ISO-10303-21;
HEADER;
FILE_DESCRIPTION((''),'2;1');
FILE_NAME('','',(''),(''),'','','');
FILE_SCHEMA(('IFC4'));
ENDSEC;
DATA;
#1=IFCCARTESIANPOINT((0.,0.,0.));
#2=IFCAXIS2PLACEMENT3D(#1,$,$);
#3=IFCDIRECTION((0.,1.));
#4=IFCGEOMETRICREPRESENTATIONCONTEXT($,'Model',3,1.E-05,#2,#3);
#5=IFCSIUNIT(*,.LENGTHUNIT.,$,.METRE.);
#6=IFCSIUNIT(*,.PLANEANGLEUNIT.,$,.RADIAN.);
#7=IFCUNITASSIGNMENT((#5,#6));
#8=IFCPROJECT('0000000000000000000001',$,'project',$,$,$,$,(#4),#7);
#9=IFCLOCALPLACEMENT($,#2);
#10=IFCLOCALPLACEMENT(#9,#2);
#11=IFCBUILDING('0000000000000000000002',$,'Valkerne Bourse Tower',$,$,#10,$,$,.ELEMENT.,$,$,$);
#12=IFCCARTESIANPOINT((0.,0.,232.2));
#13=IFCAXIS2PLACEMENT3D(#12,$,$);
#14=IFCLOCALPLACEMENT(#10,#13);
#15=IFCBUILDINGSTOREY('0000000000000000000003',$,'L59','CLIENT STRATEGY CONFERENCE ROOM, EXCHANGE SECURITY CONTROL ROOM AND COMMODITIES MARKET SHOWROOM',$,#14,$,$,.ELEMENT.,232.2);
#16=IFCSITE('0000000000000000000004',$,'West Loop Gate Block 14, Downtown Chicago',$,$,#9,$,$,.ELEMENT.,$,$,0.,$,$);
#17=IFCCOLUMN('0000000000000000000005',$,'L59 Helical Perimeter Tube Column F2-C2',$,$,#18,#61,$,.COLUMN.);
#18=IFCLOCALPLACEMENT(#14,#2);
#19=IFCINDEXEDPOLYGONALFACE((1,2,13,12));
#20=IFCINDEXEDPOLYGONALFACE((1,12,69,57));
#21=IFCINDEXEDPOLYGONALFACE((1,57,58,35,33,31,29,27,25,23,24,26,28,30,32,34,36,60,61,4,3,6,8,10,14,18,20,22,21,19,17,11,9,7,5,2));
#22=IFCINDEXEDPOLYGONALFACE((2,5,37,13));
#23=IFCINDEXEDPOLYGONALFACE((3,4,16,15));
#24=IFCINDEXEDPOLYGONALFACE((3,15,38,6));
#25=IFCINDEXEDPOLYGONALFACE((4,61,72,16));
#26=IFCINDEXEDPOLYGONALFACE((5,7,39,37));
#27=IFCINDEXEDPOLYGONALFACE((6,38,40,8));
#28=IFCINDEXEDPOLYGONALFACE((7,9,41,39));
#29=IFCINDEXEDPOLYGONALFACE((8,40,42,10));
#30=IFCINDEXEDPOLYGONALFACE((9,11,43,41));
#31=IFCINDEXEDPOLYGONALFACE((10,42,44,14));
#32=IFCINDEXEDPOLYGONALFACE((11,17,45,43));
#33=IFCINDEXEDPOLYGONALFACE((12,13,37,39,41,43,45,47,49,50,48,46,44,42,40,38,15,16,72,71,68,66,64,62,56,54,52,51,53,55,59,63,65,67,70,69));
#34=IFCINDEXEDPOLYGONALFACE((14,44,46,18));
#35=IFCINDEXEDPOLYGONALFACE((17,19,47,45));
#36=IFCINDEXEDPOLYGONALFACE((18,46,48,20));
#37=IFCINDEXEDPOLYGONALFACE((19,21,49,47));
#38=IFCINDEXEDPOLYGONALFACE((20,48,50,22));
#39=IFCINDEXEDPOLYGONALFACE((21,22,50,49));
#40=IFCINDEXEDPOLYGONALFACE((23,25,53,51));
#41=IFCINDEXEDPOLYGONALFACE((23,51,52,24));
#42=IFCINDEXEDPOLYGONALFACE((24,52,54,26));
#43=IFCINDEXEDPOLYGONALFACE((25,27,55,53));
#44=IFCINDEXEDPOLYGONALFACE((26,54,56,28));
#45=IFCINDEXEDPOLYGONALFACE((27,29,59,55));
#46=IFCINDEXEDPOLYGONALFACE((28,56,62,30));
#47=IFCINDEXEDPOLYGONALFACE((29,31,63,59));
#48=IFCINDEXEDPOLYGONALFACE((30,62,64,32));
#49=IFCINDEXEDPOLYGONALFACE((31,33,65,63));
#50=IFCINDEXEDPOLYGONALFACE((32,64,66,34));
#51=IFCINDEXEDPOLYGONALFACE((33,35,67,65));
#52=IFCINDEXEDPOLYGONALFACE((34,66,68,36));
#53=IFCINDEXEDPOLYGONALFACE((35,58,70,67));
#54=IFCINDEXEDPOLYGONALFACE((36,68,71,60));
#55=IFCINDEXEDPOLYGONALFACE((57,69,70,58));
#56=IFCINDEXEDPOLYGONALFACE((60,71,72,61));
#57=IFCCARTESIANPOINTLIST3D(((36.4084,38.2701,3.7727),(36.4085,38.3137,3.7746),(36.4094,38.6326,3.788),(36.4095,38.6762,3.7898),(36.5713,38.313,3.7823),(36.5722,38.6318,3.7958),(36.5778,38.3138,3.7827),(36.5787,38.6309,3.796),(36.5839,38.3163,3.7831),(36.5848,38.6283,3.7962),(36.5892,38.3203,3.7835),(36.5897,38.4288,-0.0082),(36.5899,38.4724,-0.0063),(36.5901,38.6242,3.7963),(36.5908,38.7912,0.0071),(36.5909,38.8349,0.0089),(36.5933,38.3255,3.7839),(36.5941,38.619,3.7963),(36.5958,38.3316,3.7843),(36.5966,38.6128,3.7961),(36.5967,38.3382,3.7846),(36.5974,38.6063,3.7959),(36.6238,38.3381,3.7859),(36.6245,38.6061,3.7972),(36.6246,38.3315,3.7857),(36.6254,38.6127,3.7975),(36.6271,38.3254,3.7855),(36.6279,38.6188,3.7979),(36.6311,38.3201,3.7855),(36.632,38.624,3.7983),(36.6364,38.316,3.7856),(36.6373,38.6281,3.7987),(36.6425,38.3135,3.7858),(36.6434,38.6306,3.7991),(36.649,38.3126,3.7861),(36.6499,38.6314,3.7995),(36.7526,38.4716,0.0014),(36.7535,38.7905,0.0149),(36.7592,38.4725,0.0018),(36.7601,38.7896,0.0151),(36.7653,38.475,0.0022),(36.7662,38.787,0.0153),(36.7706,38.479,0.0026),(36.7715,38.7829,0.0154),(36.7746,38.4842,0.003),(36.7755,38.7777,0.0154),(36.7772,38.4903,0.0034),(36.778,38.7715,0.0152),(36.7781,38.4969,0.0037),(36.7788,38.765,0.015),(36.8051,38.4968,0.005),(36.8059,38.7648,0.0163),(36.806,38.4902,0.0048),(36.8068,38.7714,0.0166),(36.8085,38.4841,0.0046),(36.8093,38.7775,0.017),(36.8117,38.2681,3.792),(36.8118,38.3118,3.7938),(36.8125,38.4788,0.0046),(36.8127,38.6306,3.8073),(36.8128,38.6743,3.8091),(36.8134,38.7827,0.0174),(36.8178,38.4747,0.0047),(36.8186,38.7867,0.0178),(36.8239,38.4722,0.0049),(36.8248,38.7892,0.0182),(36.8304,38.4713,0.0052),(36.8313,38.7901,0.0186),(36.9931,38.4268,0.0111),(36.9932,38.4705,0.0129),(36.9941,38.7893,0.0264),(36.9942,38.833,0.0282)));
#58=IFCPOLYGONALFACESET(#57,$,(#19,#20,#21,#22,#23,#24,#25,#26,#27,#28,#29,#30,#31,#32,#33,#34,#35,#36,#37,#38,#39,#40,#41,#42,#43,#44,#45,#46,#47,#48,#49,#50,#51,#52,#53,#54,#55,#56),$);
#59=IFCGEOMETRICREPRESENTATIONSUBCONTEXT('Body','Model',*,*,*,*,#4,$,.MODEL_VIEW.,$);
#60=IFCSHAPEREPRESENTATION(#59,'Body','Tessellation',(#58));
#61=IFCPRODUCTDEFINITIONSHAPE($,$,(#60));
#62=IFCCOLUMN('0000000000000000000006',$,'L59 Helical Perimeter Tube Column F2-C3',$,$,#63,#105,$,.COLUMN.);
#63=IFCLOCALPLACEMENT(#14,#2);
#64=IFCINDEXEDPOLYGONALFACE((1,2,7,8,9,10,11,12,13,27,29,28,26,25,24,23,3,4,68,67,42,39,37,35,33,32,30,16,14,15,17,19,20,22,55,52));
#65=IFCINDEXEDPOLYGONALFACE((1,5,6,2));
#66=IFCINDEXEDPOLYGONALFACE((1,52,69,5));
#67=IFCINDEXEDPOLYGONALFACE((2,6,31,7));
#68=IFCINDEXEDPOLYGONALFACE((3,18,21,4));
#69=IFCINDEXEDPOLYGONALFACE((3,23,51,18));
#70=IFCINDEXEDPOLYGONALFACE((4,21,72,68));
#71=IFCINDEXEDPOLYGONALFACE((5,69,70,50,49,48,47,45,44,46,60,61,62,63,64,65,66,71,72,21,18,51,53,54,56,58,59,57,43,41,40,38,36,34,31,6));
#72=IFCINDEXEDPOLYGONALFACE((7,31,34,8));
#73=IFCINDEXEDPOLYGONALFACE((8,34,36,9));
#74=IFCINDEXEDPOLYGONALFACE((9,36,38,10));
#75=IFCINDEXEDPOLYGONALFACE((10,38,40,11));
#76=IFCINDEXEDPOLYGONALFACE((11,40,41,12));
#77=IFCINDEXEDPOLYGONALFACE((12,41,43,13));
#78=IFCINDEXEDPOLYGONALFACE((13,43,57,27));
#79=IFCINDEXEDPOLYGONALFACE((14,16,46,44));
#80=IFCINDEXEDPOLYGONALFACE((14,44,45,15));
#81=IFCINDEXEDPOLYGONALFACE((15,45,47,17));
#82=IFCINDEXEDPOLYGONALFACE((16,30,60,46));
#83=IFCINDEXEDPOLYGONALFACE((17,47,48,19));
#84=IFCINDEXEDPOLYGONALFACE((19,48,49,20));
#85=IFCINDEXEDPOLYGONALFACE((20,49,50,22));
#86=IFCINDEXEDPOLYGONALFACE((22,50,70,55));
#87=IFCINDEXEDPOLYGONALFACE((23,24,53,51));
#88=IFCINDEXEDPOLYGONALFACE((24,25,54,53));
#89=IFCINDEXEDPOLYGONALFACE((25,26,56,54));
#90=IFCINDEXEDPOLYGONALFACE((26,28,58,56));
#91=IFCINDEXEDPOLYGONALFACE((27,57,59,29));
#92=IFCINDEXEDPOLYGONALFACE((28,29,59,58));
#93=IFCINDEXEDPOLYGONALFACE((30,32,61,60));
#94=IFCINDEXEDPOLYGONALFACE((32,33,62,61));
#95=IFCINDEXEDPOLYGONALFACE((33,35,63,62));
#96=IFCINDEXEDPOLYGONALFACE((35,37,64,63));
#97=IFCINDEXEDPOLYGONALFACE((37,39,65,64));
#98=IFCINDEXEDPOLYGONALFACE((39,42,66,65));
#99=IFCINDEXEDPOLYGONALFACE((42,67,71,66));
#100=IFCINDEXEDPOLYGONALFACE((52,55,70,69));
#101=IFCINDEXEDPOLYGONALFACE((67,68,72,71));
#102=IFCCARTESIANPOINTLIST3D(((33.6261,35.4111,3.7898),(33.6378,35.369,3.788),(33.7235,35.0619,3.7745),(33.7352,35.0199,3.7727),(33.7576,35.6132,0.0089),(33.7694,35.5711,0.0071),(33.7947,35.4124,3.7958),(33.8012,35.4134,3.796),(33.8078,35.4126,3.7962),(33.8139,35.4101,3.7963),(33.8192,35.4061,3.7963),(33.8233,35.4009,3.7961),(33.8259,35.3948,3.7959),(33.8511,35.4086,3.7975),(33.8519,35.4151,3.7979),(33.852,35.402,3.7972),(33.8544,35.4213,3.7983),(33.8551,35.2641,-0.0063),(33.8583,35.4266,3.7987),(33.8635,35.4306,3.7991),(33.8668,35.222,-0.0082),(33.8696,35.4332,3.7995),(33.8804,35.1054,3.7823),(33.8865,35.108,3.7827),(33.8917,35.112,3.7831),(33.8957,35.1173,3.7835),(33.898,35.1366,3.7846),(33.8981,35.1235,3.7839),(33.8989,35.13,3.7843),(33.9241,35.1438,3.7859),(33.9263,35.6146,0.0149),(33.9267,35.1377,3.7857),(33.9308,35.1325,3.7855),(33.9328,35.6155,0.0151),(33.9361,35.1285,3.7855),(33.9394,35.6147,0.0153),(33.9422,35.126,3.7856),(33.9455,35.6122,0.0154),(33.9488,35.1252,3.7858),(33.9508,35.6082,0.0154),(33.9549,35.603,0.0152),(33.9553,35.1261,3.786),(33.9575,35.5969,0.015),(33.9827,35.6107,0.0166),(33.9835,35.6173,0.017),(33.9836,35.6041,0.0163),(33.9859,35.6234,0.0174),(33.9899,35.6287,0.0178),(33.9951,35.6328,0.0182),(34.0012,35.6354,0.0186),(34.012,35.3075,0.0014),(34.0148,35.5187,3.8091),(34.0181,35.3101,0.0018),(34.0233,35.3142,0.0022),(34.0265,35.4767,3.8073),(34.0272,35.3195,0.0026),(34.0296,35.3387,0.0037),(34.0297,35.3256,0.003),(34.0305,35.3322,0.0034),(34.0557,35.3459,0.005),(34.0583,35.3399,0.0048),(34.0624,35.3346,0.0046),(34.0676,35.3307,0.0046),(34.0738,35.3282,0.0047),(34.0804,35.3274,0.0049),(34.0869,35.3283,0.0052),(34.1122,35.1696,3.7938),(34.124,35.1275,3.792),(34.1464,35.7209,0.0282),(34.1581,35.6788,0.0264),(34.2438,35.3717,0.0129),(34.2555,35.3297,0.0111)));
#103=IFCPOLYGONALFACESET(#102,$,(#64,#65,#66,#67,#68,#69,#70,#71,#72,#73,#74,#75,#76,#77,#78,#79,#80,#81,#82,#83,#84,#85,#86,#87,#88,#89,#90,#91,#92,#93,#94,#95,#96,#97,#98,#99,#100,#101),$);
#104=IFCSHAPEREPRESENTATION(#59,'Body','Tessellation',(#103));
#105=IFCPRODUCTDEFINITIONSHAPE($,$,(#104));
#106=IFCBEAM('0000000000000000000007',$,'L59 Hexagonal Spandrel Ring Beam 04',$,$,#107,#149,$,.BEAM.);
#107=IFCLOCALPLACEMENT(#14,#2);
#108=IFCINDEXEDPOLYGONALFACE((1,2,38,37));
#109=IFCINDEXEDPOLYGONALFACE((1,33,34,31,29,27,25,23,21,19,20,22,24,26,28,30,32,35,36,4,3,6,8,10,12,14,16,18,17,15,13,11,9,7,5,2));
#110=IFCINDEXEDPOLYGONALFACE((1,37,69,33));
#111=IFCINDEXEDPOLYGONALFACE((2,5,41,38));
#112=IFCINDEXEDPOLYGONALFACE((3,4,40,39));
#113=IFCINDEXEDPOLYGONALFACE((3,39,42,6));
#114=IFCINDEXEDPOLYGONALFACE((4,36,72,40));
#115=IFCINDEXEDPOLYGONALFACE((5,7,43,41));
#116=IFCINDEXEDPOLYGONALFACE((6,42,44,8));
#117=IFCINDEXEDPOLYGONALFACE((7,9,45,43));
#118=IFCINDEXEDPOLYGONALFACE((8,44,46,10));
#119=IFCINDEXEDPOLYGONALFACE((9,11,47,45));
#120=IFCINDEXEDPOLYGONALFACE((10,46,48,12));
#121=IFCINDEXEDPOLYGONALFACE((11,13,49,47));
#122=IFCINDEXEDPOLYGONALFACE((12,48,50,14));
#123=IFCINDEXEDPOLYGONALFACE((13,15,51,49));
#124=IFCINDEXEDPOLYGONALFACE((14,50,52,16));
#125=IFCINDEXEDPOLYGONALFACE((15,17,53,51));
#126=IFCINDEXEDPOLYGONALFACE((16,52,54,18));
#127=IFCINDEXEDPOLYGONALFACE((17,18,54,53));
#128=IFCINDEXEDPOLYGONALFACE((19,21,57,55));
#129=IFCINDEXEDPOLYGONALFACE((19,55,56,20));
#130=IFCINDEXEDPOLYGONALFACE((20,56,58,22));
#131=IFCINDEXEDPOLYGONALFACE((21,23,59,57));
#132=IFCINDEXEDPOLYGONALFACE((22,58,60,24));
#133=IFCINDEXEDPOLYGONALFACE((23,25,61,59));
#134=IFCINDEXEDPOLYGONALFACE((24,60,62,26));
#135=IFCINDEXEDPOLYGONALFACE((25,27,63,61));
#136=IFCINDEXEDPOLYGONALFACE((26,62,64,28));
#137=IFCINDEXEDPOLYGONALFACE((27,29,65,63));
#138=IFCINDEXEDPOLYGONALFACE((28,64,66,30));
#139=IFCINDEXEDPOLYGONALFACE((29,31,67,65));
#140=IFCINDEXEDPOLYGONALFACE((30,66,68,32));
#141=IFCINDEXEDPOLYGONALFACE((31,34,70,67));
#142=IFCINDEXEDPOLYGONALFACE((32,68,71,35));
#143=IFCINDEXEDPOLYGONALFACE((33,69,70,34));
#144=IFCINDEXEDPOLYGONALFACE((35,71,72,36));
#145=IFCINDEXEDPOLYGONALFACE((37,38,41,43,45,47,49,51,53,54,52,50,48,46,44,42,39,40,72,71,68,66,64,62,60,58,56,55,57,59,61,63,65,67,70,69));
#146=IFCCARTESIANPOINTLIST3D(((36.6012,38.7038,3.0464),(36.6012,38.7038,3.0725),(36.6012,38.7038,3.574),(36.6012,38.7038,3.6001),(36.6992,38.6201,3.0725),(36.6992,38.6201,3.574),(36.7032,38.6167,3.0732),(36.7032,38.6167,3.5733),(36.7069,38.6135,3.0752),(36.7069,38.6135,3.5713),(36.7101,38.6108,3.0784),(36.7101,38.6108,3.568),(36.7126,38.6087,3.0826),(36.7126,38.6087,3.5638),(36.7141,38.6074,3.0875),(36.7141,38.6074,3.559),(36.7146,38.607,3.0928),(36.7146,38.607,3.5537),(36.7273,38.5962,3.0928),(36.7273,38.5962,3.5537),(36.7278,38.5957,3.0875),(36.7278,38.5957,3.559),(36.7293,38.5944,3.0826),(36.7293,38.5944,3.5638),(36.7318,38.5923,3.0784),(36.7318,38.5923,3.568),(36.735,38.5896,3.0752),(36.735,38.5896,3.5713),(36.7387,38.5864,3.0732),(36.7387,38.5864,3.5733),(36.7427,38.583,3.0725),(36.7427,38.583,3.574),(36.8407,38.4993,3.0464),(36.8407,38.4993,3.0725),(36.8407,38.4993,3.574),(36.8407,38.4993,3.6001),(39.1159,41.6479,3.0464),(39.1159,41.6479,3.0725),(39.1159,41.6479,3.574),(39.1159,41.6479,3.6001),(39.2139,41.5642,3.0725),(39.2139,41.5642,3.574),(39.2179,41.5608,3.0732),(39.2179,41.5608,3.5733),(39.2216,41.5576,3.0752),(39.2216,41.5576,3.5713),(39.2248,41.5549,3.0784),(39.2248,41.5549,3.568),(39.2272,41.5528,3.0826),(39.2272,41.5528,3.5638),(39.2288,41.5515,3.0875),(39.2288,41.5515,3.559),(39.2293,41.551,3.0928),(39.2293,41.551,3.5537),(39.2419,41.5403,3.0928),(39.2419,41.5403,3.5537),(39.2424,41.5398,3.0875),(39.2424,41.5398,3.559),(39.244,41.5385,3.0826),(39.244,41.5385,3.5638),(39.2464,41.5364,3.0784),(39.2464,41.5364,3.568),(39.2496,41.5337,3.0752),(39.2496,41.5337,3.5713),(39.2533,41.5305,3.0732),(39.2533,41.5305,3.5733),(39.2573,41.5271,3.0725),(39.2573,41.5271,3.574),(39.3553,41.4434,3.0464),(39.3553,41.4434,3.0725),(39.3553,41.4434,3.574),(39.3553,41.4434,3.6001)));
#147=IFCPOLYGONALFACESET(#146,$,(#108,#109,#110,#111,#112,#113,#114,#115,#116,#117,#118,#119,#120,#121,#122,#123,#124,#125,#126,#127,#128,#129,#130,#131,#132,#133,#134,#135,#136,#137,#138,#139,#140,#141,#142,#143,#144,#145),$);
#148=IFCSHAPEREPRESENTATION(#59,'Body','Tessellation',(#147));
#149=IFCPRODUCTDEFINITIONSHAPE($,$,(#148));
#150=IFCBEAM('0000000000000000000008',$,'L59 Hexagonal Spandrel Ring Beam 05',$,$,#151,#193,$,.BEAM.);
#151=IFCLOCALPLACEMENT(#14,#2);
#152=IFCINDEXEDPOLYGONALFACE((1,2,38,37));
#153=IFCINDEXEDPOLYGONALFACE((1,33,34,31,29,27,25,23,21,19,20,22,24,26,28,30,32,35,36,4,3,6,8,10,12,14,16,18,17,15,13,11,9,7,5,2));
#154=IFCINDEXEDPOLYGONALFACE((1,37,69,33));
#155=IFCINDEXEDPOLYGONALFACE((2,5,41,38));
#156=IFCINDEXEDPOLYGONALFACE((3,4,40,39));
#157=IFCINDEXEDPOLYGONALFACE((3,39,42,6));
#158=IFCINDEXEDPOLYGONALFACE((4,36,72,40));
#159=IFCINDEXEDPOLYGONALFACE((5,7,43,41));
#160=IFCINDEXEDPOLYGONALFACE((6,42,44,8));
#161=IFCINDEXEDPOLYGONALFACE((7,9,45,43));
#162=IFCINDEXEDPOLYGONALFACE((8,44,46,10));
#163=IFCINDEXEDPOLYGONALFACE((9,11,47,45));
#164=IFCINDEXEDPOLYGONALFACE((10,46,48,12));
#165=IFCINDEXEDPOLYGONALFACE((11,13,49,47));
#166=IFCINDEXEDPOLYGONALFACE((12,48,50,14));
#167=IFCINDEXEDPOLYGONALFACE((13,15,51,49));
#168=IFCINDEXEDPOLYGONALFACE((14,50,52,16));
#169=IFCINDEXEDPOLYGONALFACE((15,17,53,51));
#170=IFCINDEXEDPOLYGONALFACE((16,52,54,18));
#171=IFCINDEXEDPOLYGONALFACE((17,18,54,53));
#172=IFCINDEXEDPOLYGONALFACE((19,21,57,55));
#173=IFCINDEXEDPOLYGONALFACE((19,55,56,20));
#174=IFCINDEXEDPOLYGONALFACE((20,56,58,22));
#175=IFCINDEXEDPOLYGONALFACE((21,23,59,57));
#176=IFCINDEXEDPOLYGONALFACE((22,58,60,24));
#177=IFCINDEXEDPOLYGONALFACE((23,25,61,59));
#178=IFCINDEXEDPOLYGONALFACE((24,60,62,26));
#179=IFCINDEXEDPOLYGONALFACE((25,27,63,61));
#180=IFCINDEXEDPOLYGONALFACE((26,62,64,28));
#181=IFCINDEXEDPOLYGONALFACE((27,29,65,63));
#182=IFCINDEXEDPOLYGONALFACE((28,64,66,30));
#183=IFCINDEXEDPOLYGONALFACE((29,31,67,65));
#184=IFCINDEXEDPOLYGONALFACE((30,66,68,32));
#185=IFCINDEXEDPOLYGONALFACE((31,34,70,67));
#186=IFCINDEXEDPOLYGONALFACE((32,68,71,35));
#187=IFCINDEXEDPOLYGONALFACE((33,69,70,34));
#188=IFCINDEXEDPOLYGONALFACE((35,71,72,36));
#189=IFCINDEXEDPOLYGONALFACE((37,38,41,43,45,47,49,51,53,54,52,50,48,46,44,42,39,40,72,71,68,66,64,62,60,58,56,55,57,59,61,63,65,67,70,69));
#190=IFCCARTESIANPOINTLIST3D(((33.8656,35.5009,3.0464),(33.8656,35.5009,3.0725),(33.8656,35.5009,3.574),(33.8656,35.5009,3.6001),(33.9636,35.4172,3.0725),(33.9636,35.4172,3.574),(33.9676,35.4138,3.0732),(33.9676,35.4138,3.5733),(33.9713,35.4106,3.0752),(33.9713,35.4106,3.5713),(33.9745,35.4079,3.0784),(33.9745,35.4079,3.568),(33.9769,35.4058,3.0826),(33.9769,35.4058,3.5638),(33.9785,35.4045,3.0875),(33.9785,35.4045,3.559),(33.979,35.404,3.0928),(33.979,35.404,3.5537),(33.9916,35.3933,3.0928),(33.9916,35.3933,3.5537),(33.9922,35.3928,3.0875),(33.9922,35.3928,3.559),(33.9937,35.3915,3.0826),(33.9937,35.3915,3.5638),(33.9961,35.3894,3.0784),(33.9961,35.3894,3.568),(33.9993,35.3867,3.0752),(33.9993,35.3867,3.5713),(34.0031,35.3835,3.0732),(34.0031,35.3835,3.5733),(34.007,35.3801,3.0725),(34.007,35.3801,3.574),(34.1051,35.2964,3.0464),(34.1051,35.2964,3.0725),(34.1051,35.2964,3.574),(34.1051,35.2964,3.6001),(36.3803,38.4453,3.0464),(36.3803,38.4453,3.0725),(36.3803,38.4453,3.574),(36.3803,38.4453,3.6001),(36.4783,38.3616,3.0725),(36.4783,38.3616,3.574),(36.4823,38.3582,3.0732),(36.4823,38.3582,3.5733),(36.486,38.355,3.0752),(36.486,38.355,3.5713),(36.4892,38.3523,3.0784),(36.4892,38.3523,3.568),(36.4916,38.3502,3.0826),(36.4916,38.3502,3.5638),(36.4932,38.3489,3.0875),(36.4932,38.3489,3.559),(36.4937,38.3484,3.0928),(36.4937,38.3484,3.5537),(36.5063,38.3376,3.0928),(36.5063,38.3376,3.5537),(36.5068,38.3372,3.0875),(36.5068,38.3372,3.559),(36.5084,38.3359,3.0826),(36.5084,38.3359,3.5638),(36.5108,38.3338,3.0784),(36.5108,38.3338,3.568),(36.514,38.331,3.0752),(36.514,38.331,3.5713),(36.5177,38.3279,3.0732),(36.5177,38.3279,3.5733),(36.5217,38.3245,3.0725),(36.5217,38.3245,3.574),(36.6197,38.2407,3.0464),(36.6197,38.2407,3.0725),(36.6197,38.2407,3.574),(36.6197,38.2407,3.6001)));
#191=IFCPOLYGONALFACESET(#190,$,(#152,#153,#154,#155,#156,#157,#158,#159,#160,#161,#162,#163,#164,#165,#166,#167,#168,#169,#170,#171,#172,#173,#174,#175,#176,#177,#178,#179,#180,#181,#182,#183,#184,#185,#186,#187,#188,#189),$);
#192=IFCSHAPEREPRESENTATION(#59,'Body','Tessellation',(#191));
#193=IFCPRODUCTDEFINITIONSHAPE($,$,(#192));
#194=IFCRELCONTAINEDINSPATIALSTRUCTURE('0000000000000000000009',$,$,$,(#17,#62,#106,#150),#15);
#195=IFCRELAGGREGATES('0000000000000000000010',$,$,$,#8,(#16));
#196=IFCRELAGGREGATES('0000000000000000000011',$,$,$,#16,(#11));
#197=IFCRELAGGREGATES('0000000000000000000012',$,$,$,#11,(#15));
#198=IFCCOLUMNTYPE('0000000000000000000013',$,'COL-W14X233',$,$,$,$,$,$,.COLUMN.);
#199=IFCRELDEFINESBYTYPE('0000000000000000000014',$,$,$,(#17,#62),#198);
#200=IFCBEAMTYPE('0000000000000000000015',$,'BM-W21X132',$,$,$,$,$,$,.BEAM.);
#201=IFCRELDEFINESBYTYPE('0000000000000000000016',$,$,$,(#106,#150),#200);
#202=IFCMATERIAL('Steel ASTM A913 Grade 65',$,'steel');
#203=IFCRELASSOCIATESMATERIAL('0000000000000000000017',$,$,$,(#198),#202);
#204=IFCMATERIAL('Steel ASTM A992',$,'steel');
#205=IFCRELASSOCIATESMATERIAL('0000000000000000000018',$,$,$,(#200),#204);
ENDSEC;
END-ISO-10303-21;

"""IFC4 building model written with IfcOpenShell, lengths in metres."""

from ifc_helpers import new_model, si_unit, direction, frame, origin, origin_2d, place, context, subcontext, project, spatial, i_section, extrude, material, material_profile, profile_set, type_object, element, save


model = new_model("IFC4")

# Units and contexts
model_context = context("Model", 3, precision=1e-05, world=origin(), true_north=direction((0.0, 1.0)))
body_context = subcontext(model_context, "Body", "Model", "MODEL_VIEW")
ifc_project = project(units=[si_unit("LENGTHUNIT", "METRE"), si_unit("PLANEANGLEUNIT", "RADIAN")], contexts=[model_context])

# Site, building, storey
site_placement = place(None, origin())
site = spatial("IfcSite", under=ifc_project, at=site_placement, Name="West Loop Gate Block 14, Downtown Chicago", CompositionType="ELEMENT", RefElevation=0.0)
building_placement = place(site_placement, origin())
building = spatial("IfcBuilding", under=site, at=building_placement, Name="Valkerne Bourse Tower", CompositionType="ELEMENT")
storey_placement = place(building_placement, frame((0.0, 0.0, 232.2)))
storey = spatial("IfcBuildingStorey", under=building, at=storey_placement, Name="L59", Description="CLIENT STRATEGY CONFERENCE ROOM, EXCHANGE SECURITY CONTROL ROOM AND COMMODITIES MARKET SHOWROOM", CompositionType="ELEMENT", Elevation=232.2)

# Columns
ifc_material_1 = material(Name="Steel ASTM A913 Grade 65", Category="steel")
ifc_material_profile_1 = material_profile(ifc_material_1, i_section(OverallWidth=0.4038, OverallDepth=0.4065, WebThickness=0.0271, FlangeThickness=0.0437, FilletRadius=0.0254, at=origin_2d()), Name="W14X233")
ifc_profile_set_1 = profile_set([ifc_material_profile_1], Name="Steel ASTM A913 Grade 65")
column_type = type_object("IfcColumnType", Name="COL-W14X233", PredefinedType="COLUMN", material=ifc_profile_set_1)
for number, where, z_axis, x_axis, name in (
    (1, (36.792, 38.6309, 0.01), (-0.047879, -0.041886, 0.997975), (-0.998849, 0.004832, -0.047718), "L59 Helical Perimeter Tube Column F2-C2"),
    (2, (34.0066, 35.4714, 0.01), (-0.034733, -0.053356, 0.997971), (-0.962626, -0.266589, -0.047756), "L59 Helical Perimeter Tube Column F2-C3"),
):
    element("IfcColumn", number, at=place(storey_placement, frame(where, z_axis=z_axis, x_axis=x_axis)), inside=storey, type_object=column_type, Name=name, PredefinedType="COLUMN", context=body_context, shape_type="SweptSolid", body=[
        extrude(i_section(OverallWidth=0.4038, OverallDepth=0.4065, WebThickness=0.0271, FlangeThickness=0.0437, FilletRadius=0.0254, at=origin_2d()), origin(), (0.0, 0.0, 1.0), 3.7886),
    ])

# Beams
ifc_material_2 = material(Name="Steel ASTM A992", Category="steel")
ifc_material_profile_2 = material_profile(ifc_material_2, i_section(OverallWidth=0.3149, OverallDepth=0.5537, WebThickness=0.0166, FlangeThickness=0.0261, FilletRadius=0.0203, at=origin_2d()), Name="W21X132")
ifc_profile_set_2 = profile_set([ifc_material_profile_2], Name="Steel ASTM A992")
beam_type_1 = type_object("IfcBeamType", Name="BM-W21X132", PredefinedType="BEAM", material=ifc_profile_set_2)
beam_1_placement = place(storey_placement, frame((39.2356, 41.5457, 3.3232), z_axis=(-0.649471, -0.760386, 0.0), x_axis=(0.760386, -0.649471, 0.0)))
element("IfcBeam", 3, at=beam_1_placement, inside=storey, type_object=beam_type_1, Name="L59 Hexagonal Spandrel Ring Beam 04", PredefinedType="BEAM", context=body_context, shape_type="SweptSolid", body=[
    extrude(i_section(OverallWidth=0.3149, OverallDepth=0.5537, WebThickness=0.0166, FlangeThickness=0.0261, FilletRadius=0.0203, at=origin_2d()), origin(), (0.0, 0.0, 1.0), 3.8718),
])
beam_2_placement = place(storey_placement, frame((36.5, 38.343, 3.3232), z_axis=(-0.64944, -0.760413, 0.0), x_axis=(0.760413, -0.64944, 0.0)))
element("IfcBeam", 4, at=beam_2_placement, inside=storey, type_object=beam_type_1, Name="L59 Hexagonal Spandrel Ring Beam 05", PredefinedType="BEAM", context=body_context, shape_type="SweptSolid", body=[
    extrude(i_section(OverallWidth=0.3149, OverallDepth=0.5537, WebThickness=0.0166, FlangeThickness=0.0261, FilletRadius=0.0203, at=origin_2d()), origin(), (0.0, 0.0, 1.0), 3.8721),
])

save(model, "model.ifc")
